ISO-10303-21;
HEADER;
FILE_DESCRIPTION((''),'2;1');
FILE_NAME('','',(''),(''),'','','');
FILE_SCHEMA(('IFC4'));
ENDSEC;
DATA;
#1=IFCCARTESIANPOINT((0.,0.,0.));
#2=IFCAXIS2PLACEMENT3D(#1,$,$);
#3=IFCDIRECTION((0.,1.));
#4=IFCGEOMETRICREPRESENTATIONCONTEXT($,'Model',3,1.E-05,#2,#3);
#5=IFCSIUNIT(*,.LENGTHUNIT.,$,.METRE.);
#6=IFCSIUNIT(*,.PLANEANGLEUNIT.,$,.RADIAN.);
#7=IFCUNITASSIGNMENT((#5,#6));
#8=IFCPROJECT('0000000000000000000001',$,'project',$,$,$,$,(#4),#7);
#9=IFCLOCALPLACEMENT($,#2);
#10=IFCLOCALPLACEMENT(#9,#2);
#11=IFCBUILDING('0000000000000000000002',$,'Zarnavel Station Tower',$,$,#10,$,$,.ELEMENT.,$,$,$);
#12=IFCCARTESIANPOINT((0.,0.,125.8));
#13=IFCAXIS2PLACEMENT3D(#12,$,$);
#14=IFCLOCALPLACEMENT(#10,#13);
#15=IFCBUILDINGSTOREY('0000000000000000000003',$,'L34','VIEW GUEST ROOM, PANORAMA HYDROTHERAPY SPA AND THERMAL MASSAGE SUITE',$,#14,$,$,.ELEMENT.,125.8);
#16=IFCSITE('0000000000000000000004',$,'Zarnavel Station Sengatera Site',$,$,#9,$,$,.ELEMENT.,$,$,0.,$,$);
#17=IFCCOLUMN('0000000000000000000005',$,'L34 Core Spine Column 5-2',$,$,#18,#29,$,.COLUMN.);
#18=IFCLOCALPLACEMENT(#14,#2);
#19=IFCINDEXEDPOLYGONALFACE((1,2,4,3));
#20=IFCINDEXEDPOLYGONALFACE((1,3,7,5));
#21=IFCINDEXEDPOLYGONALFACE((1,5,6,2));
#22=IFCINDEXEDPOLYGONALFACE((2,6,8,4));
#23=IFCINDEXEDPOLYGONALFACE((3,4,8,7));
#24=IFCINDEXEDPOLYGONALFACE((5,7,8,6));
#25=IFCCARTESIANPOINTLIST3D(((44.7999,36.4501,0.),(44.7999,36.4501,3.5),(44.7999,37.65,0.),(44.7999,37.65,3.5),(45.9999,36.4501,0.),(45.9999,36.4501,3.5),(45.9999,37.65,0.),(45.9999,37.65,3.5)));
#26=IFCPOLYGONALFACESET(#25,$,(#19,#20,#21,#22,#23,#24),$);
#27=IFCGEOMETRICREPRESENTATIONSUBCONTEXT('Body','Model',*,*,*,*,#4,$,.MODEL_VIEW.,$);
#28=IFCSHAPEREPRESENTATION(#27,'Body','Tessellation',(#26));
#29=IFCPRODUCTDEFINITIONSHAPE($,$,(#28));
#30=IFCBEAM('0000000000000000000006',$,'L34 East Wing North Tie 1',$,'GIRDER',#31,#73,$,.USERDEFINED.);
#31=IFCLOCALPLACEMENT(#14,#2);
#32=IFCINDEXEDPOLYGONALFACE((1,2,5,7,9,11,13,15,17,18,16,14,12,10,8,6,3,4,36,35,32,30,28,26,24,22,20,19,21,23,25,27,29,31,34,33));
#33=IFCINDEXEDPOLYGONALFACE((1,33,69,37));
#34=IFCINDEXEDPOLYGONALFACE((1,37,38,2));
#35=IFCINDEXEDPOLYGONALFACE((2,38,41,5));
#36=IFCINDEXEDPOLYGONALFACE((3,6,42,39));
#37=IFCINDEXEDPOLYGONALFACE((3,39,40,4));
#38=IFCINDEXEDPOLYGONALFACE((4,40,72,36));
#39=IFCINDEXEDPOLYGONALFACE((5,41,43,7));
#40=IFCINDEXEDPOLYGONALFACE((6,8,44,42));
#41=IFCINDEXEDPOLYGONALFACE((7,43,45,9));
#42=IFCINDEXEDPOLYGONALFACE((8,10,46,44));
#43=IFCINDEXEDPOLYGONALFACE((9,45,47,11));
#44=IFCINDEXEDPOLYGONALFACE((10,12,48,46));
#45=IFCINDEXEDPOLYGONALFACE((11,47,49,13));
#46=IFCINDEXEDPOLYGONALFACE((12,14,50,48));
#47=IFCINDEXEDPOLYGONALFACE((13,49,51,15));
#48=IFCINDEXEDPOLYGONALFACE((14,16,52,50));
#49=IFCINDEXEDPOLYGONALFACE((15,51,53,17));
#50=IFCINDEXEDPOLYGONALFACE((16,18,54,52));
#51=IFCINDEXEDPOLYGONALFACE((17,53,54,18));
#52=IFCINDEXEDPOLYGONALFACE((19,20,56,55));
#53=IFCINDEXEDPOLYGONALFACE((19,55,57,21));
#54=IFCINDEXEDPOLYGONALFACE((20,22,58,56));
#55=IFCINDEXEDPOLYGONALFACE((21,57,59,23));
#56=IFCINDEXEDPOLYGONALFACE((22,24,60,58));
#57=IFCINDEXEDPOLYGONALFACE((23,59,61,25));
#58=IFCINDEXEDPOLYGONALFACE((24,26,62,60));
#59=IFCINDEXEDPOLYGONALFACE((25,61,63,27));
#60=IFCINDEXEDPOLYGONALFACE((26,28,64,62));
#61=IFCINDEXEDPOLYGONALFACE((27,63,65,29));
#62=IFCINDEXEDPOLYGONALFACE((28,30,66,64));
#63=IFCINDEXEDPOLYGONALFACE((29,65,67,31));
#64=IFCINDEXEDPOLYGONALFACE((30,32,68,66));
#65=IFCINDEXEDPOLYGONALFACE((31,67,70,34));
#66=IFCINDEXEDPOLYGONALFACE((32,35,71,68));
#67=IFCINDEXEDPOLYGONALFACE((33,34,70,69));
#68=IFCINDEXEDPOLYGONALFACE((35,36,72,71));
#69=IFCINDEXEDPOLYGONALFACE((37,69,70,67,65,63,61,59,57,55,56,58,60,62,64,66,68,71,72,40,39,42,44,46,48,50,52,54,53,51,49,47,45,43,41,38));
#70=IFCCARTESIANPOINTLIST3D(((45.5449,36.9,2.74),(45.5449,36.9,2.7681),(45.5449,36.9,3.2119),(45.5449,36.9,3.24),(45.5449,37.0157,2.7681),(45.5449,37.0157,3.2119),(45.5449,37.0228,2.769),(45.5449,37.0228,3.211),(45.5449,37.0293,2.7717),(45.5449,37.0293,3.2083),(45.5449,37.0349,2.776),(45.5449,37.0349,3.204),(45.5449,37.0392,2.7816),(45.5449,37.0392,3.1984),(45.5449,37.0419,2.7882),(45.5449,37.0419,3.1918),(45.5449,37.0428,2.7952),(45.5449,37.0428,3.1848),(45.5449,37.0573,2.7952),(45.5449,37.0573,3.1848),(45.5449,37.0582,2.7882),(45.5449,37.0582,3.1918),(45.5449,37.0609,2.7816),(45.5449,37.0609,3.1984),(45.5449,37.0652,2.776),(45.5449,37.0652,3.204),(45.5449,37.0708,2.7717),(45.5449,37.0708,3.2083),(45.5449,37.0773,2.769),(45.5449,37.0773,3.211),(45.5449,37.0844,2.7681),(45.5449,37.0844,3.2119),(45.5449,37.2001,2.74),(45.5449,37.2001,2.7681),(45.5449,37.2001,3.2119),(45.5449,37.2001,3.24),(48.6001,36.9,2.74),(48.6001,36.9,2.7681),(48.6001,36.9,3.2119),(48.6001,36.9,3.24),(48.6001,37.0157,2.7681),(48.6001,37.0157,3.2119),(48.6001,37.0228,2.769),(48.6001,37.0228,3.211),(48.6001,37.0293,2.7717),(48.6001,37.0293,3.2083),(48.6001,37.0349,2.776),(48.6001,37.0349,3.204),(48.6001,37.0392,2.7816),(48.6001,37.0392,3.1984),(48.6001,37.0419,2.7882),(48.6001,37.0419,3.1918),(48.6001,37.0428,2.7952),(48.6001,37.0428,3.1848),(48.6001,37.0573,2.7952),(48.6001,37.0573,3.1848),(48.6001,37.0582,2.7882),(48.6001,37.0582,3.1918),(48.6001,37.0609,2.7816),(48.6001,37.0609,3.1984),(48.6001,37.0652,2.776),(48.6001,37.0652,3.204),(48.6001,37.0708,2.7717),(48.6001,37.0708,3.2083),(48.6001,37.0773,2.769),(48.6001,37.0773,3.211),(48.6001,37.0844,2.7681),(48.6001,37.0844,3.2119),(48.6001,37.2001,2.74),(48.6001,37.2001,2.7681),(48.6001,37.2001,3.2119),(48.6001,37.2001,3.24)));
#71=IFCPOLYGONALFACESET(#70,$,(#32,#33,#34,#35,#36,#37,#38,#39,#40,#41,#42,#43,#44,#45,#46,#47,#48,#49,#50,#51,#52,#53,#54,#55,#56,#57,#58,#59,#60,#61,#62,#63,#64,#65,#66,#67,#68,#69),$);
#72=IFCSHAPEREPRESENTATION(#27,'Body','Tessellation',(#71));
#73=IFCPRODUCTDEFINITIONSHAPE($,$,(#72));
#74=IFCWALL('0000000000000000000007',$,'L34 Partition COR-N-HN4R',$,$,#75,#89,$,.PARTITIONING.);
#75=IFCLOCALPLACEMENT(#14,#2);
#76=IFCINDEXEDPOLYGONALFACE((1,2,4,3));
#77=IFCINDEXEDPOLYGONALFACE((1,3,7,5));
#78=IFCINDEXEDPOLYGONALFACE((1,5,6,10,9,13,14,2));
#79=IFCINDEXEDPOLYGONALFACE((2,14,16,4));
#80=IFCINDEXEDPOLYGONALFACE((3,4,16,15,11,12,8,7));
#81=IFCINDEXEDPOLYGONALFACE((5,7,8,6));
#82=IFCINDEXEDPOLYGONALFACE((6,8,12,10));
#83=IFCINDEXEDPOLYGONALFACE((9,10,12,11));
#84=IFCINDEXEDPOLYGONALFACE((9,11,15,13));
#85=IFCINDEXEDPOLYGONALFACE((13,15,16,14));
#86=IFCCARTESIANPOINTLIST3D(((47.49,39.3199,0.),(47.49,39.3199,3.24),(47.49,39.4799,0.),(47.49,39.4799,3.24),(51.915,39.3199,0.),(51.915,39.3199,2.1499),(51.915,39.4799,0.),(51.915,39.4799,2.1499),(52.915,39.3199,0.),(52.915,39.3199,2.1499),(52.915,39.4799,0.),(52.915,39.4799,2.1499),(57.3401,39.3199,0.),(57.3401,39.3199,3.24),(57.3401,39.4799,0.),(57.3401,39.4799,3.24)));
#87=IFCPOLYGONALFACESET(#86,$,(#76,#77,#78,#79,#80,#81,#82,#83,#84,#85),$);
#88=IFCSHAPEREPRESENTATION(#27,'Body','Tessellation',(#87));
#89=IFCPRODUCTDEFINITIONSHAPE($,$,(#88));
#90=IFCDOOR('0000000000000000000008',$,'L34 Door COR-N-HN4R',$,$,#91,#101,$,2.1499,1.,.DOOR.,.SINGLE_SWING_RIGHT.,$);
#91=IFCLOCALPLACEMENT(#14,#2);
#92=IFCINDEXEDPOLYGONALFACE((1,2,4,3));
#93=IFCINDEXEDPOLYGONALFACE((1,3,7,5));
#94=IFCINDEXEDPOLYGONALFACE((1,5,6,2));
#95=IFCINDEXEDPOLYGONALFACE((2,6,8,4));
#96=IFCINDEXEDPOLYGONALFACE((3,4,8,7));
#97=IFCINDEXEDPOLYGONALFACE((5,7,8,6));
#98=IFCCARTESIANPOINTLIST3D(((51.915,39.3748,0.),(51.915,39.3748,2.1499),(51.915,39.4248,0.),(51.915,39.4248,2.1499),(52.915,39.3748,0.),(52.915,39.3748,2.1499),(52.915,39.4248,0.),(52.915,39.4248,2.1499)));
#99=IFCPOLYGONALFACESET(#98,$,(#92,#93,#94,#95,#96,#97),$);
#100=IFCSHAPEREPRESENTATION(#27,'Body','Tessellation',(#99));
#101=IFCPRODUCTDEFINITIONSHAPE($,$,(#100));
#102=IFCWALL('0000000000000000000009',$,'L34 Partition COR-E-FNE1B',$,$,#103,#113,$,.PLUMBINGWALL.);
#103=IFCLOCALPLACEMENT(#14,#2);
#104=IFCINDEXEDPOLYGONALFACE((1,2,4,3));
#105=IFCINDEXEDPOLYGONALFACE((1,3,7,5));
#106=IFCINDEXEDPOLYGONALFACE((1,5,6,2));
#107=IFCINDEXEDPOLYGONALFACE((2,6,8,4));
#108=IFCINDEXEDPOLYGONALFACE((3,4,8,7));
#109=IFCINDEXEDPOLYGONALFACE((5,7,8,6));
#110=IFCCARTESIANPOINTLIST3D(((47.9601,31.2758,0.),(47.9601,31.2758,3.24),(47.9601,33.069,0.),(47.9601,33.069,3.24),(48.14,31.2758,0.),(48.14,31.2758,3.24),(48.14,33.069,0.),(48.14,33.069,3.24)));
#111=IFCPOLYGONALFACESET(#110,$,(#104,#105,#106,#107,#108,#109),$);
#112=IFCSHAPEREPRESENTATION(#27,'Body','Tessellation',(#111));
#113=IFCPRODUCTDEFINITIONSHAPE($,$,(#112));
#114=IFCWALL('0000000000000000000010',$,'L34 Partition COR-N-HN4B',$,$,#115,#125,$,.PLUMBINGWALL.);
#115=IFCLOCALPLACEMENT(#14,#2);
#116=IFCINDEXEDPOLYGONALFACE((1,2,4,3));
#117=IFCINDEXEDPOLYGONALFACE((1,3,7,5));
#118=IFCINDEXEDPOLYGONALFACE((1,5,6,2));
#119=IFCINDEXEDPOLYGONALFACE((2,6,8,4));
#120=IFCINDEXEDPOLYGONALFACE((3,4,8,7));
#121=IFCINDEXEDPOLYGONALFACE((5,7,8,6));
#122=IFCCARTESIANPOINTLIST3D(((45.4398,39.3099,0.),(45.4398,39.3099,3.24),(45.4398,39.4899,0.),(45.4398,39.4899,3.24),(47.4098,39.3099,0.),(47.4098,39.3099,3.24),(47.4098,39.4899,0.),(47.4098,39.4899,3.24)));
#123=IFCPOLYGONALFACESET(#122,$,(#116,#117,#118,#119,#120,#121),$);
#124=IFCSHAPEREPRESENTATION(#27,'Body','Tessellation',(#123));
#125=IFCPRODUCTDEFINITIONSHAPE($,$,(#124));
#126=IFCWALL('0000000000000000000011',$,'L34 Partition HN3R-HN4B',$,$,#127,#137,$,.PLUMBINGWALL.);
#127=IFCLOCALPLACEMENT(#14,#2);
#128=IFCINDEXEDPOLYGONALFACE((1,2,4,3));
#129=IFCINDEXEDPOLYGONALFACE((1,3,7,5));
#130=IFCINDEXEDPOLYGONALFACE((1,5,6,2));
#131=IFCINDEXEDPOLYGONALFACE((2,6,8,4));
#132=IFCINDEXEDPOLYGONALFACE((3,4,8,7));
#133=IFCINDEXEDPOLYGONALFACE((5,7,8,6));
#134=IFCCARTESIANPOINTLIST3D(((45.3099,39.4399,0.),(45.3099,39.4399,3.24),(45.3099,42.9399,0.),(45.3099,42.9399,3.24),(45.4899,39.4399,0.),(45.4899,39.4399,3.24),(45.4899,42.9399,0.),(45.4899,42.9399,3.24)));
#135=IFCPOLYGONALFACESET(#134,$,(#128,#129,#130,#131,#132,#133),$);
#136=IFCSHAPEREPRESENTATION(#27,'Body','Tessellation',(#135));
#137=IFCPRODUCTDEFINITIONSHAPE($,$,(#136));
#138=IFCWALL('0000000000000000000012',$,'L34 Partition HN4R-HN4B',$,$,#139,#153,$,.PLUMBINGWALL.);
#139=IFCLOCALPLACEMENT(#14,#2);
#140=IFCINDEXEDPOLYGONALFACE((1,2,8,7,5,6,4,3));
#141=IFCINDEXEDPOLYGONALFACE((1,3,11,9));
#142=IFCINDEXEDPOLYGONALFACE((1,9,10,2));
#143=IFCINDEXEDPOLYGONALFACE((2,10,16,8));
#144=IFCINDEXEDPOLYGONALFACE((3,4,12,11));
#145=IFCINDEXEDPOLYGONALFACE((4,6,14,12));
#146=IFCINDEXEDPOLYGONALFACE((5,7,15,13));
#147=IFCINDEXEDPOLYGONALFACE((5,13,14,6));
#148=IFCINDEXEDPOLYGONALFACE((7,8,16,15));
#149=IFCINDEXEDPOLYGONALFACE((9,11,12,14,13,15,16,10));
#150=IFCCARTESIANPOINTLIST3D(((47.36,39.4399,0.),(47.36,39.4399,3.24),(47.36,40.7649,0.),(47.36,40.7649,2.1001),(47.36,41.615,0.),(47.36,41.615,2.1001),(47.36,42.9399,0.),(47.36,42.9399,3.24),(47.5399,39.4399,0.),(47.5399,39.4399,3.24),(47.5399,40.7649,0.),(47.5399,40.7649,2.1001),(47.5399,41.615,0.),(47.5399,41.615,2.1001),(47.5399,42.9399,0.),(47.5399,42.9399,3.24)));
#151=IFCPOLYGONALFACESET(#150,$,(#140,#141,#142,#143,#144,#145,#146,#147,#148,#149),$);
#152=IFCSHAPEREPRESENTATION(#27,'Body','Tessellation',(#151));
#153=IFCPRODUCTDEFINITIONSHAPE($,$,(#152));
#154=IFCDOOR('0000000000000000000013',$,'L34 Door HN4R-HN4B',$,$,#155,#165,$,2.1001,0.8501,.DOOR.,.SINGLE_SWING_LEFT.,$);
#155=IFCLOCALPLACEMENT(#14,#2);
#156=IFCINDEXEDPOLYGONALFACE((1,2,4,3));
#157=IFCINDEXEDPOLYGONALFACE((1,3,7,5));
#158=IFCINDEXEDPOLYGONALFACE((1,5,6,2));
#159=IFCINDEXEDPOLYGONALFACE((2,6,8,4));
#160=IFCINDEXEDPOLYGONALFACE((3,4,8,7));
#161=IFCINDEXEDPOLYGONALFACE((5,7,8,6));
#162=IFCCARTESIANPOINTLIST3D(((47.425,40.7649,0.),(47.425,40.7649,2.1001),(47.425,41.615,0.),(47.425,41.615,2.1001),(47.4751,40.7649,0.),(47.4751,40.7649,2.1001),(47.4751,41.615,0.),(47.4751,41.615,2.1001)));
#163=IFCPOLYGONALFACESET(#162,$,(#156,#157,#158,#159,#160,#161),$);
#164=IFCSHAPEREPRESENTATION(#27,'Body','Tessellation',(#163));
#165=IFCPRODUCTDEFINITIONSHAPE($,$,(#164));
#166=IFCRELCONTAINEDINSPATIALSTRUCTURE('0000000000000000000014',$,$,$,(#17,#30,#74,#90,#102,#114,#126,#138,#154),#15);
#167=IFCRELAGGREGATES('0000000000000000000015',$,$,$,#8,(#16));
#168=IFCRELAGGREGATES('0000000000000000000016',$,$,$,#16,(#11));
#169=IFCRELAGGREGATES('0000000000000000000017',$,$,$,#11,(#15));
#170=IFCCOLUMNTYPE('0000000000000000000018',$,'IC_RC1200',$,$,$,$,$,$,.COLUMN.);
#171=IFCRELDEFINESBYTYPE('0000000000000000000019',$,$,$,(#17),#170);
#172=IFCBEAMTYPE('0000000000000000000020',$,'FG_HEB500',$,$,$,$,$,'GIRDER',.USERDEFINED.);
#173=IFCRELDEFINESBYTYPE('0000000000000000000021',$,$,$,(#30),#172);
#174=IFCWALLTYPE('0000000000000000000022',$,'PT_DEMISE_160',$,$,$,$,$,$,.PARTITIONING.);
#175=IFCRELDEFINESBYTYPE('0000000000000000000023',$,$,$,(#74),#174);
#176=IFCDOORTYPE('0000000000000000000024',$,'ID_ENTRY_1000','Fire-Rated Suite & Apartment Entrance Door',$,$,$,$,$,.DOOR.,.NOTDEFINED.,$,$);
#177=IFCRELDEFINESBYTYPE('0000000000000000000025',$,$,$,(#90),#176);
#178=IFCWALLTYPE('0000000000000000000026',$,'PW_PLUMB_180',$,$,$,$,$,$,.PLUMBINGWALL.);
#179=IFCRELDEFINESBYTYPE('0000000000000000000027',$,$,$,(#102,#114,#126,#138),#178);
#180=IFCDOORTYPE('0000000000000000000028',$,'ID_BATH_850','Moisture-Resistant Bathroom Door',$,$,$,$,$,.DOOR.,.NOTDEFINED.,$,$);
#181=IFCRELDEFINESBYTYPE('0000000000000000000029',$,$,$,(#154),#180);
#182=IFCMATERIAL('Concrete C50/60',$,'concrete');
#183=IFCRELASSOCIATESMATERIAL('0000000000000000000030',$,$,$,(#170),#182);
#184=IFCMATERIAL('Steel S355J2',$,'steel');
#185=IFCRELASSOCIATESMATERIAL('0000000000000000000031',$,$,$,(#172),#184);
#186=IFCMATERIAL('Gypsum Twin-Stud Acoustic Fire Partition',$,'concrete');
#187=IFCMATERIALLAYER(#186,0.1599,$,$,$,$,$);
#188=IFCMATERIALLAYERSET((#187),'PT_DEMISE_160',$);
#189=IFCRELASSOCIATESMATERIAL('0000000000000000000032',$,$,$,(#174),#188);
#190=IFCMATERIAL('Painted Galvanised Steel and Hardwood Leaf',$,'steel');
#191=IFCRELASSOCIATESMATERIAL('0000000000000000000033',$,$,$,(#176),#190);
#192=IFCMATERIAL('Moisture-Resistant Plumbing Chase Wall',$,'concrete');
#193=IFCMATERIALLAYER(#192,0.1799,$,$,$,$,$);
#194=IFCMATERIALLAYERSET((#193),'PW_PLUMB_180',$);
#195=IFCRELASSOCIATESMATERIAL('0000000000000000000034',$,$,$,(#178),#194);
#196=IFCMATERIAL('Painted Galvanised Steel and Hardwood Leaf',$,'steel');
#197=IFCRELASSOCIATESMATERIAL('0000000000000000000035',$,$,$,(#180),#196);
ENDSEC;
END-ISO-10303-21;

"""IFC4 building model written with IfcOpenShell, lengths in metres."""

from ifc_helpers import new_model, si_unit, direction, frame, frame_2d, origin, origin_2d, place, context, subcontext, project, spatial, rectangle, i_section, extrude, material, layer, layer_set, material_profile, profile_set, type_object, element, fill, save


model = new_model("IFC4")

# Units and contexts
model_context = context("Model", 3, precision=1e-05, world=origin(), true_north=direction((0.0, 1.0)))
body_context = subcontext(model_context, "Body", "Model", "MODEL_VIEW")
ifc_project = project(units=[si_unit("LENGTHUNIT", "METRE"), si_unit("PLANEANGLEUNIT", "RADIAN")], contexts=[model_context])

# Site, building, storey
site_placement = place(None, origin())
site = spatial("IfcSite", under=ifc_project, at=site_placement, Name="Zarnavel Station Sengatera Site", CompositionType="ELEMENT", RefElevation=0.0)
building_placement = place(site_placement, origin())
building = spatial("IfcBuilding", under=site, at=building_placement, Name="Zarnavel Station Tower", CompositionType="ELEMENT")
storey_placement = place(building_placement, frame((0.0, 0.0, 125.8)))
storey = spatial("IfcBuildingStorey", under=building, at=storey_placement, Name="L34", Description="VIEW GUEST ROOM, PANORAMA HYDROTHERAPY SPA AND THERMAL MASSAGE SUITE", CompositionType="ELEMENT", Elevation=125.8)

# Column
ifc_material_1 = material(Name="Concrete C50/60", Category="concrete")
ifc_material_profile_1 = material_profile(ifc_material_1, rectangle(XDim=1.2, YDim=1.2, at=origin_2d()), Name="RC1200x1200")
ifc_profile_set_1 = profile_set([ifc_material_profile_1], Name="Concrete C50/60")
column_type = type_object("IfcColumnType", Name="IC_RC1200", PredefinedType="COLUMN", material=ifc_profile_set_1)
column_placement = place(storey_placement, frame((45.3999, 37.05, 0.0), z_axis=(0.0, 0.0, 1.0), x_axis=(1.0, 0.0, 0.0)))
element("IfcColumn", 1, at=column_placement, inside=storey, type_object=column_type, Name="L34 Core Spine Column 5-2", PredefinedType="COLUMN", context=body_context, shape_type="SweptSolid", body=[
    extrude(rectangle(XDim=1.2, YDim=1.2, at=origin_2d()), origin(), (0.0, 0.0, 1.0), 3.5),
])

# Beam
ifc_material_2 = material(Name="Steel S355J2", Category="steel")
ifc_material_profile_2 = material_profile(ifc_material_2, i_section(OverallWidth=0.3, OverallDepth=0.5, WebThickness=0.0144, FlangeThickness=0.0281, FilletRadius=0.0271, at=origin_2d()), Name="HEB500")
ifc_profile_set_2 = profile_set([ifc_material_profile_2], Name="Steel S355J2")
beam_type = type_object("IfcBeamType", Name="FG_HEB500", ElementType="GIRDER", PredefinedType="USERDEFINED", material=ifc_profile_set_2)
beam_placement = place(storey_placement, frame((45.5449, 37.05, 2.99), z_axis=(1.0, 0.0, 0.0), x_axis=(0.0, 1.0, 0.0)))
element("IfcBeam", 2, at=beam_placement, inside=storey, type_object=beam_type, Name="L34 East Wing North Tie 1", ObjectType="GIRDER", PredefinedType="USERDEFINED", context=body_context, shape_type="SweptSolid", body=[
    extrude(i_section(OverallWidth=0.3, OverallDepth=0.5, WebThickness=0.0144, FlangeThickness=0.0281, FilletRadius=0.0271, at=origin_2d()), origin(), (0.0, 0.0, 1.0), 3.0552),
])

# Wall, opening, door
ifc_material_3 = material(Name="Gypsum Twin-Stud Acoustic Fire Partition", Category="concrete")
ifc_layer_1 = layer(ifc_material_3, 0.1599)
ifc_layer_set_1 = layer_set([ifc_layer_1], Name="PT_DEMISE_160")
wall_type_1 = type_object("IfcWallType", Name="PT_DEMISE_160", PredefinedType="PARTITIONING", material=ifc_layer_set_1)
ifc_material_4 = material(Name="Painted Galvanised Steel and Hardwood Leaf", Category="steel")
door_type_1 = type_object("IfcDoorType", Name="ID_ENTRY_1000", Description="Fire-Rated Suite & Apartment Entrance Door", OperationType="NOTDEFINED", PredefinedType="DOOR", material=ifc_material_4)
wall_1_placement = place(storey_placement, frame((47.49, 39.3999, 0.0), z_axis=(0.0, 0.0, 1.0), x_axis=(1.0, 0.0, 0.0)))
wall_1 = element("IfcWall", 3, at=wall_1_placement, inside=storey, type_object=wall_type_1, Name="L34 Partition COR-N-HN4R", PredefinedType="PARTITIONING", context=body_context, shape_type="SweptSolid", body=[
    extrude(rectangle(XDim=9.8501, YDim=0.1599, at=frame_2d((4.925, 0.0))), origin(), (0.0, 0.0, 1.0), 3.24),
])
opening_1_placement = place(wall_1_placement, frame((4.425, 0.0, 0.0)))
opening_1 = element("IfcOpeningElement", 4, at=opening_1_placement, cuts=wall_1, PredefinedType="OPENING", context=body_context, shape_type="SweptSolid", body=[
    extrude(rectangle(XDim=1.0, YDim=2.1499, at=frame_2d((0.5, 1.075))), frame((0.0, 0.0898, 0.0), z_axis=(0.0, -1.0, 0.0), x_axis=(1.0, 0.0, 0.0)), (0.0, 0.0, 1.0), 0.1799),
])
door_1_placement = place(opening_1_placement, origin())
door_1 = element("IfcDoor", 5, at=door_1_placement, inside=storey, type_object=door_type_1, Name="L34 Door COR-N-HN4R", OperationType="SINGLE_SWING_RIGHT", OverallHeight=2.1499, OverallWidth=1.0, PredefinedType="DOOR", context=body_context, shape_type="SweptSolid", body=[
    extrude(rectangle(XDim=1.0, YDim=2.1499, at=frame_2d((0.5, 1.075))), frame((0.0, 0.0249, 0.0), z_axis=(0.0, -1.0, 0.0), x_axis=(1.0, 0.0, 0.0)), (0.0, 0.0, 1.0), 0.05),
])
fill(opening_1, door_1)

# Walls
ifc_material_5 = material(Name="Moisture-Resistant Plumbing Chase Wall", Category="concrete")
ifc_layer_2 = layer(ifc_material_5, 0.1799)
ifc_layer_set_2 = layer_set([ifc_layer_2], Name="PW_PLUMB_180")
wall_type_2 = type_object("IfcWallType", Name="PW_PLUMB_180", PredefinedType="PLUMBINGWALL", material=ifc_layer_set_2)
wall_2_placement = place(storey_placement, frame((48.05, 31.2759, 0.0), z_axis=(0.0, 0.0, 1.0), x_axis=(0.0, 1.0, 0.0)))
element("IfcWall", 6, at=wall_2_placement, inside=storey, type_object=wall_type_2, Name="L34 Partition COR-E-FNE1B", PredefinedType="PLUMBINGWALL", context=body_context, shape_type="SweptSolid", body=[
    extrude(rectangle(XDim=1.7932, YDim=0.1799, at=frame_2d((0.8965, 0.0))), origin(), (0.0, 0.0, 1.0), 3.24),
])
wall_3_placement = place(storey_placement, frame((45.4399, 39.3999, 0.0), z_axis=(0.0, 0.0, 1.0), x_axis=(1.0, 0.0, 0.0)))
element("IfcWall", 7, at=wall_3_placement, inside=storey, type_object=wall_type_2, Name="L34 Partition COR-N-HN4B", PredefinedType="PLUMBINGWALL", context=body_context, shape_type="SweptSolid", body=[
    extrude(rectangle(XDim=1.97, YDim=0.1799, at=frame_2d((0.9849, 0.0))), origin(), (0.0, 0.0, 1.0), 3.24),
])
wall_4_placement = place(storey_placement, frame((45.3999, 39.4399, 0.0), z_axis=(0.0, 0.0, 1.0), x_axis=(0.0, 1.0, 0.0)))
element("IfcWall", 8, at=wall_4_placement, inside=storey, type_object=wall_type_2, Name="L34 Partition HN3R-HN4B", PredefinedType="PLUMBINGWALL", context=body_context, shape_type="SweptSolid", body=[
    extrude(rectangle(XDim=3.5, YDim=0.1799, at=frame_2d((1.75, 0.0))), origin(), (0.0, 0.0, 1.0), 3.24),
])

# Wall, opening, door
wall_5_placement = place(storey_placement, frame((47.45, 39.4399, 0.0), z_axis=(0.0, 0.0, 1.0), x_axis=(0.0, 1.0, 0.0)))
wall_5 = element("IfcWall", 9, at=wall_5_placement, inside=storey, type_object=wall_type_2, Name="L34 Partition HN4R-HN4B", PredefinedType="PLUMBINGWALL", context=body_context, shape_type="SweptSolid", body=[
    extrude(rectangle(XDim=3.5, YDim=0.1799, at=frame_2d((1.75, 0.0))), origin(), (0.0, 0.0, 1.0), 3.24),
])
opening_2_placement = place(wall_5_placement, frame((1.325, 0.0, 0.0)))
opening_2 = element("IfcOpeningElement", 10, at=opening_2_placement, cuts=wall_5, PredefinedType="OPENING", context=body_context, shape_type="SweptSolid", body=[
    extrude(rectangle(XDim=0.8501, YDim=2.1001, at=frame_2d((0.425, 1.05))), frame((0.0, 0.0999, 0.0), z_axis=(0.0, -1.0, 0.0), x_axis=(1.0, 0.0, 0.0)), (0.0, 0.0, 1.0), 0.2),
])
ifc_material_6 = material(Name="Painted Galvanised Steel and Hardwood Leaf", Category="steel")
door_type_2 = type_object("IfcDoorType", Name="ID_BATH_850", Description="Moisture-Resistant Bathroom Door", OperationType="NOTDEFINED", PredefinedType="DOOR", material=ifc_material_6)
door_2_placement = place(opening_2_placement, origin())
door_2 = element("IfcDoor", 11, at=door_2_placement, inside=storey, type_object=door_type_2, Name="L34 Door HN4R-HN4B", OperationType="SINGLE_SWING_LEFT", OverallHeight=2.1001, OverallWidth=0.8501, PredefinedType="DOOR", context=body_context, shape_type="SweptSolid", body=[
    extrude(rectangle(XDim=0.8501, YDim=2.1001, at=frame_2d((0.425, 1.05))), frame((0.0, 0.0249, 0.0), z_axis=(0.0, -1.0, 0.0), x_axis=(1.0, 0.0, 0.0)), (0.0, 0.0, 1.0), 0.05),
])
fill(opening_2, door_2)

save(model, "model.ifc")
